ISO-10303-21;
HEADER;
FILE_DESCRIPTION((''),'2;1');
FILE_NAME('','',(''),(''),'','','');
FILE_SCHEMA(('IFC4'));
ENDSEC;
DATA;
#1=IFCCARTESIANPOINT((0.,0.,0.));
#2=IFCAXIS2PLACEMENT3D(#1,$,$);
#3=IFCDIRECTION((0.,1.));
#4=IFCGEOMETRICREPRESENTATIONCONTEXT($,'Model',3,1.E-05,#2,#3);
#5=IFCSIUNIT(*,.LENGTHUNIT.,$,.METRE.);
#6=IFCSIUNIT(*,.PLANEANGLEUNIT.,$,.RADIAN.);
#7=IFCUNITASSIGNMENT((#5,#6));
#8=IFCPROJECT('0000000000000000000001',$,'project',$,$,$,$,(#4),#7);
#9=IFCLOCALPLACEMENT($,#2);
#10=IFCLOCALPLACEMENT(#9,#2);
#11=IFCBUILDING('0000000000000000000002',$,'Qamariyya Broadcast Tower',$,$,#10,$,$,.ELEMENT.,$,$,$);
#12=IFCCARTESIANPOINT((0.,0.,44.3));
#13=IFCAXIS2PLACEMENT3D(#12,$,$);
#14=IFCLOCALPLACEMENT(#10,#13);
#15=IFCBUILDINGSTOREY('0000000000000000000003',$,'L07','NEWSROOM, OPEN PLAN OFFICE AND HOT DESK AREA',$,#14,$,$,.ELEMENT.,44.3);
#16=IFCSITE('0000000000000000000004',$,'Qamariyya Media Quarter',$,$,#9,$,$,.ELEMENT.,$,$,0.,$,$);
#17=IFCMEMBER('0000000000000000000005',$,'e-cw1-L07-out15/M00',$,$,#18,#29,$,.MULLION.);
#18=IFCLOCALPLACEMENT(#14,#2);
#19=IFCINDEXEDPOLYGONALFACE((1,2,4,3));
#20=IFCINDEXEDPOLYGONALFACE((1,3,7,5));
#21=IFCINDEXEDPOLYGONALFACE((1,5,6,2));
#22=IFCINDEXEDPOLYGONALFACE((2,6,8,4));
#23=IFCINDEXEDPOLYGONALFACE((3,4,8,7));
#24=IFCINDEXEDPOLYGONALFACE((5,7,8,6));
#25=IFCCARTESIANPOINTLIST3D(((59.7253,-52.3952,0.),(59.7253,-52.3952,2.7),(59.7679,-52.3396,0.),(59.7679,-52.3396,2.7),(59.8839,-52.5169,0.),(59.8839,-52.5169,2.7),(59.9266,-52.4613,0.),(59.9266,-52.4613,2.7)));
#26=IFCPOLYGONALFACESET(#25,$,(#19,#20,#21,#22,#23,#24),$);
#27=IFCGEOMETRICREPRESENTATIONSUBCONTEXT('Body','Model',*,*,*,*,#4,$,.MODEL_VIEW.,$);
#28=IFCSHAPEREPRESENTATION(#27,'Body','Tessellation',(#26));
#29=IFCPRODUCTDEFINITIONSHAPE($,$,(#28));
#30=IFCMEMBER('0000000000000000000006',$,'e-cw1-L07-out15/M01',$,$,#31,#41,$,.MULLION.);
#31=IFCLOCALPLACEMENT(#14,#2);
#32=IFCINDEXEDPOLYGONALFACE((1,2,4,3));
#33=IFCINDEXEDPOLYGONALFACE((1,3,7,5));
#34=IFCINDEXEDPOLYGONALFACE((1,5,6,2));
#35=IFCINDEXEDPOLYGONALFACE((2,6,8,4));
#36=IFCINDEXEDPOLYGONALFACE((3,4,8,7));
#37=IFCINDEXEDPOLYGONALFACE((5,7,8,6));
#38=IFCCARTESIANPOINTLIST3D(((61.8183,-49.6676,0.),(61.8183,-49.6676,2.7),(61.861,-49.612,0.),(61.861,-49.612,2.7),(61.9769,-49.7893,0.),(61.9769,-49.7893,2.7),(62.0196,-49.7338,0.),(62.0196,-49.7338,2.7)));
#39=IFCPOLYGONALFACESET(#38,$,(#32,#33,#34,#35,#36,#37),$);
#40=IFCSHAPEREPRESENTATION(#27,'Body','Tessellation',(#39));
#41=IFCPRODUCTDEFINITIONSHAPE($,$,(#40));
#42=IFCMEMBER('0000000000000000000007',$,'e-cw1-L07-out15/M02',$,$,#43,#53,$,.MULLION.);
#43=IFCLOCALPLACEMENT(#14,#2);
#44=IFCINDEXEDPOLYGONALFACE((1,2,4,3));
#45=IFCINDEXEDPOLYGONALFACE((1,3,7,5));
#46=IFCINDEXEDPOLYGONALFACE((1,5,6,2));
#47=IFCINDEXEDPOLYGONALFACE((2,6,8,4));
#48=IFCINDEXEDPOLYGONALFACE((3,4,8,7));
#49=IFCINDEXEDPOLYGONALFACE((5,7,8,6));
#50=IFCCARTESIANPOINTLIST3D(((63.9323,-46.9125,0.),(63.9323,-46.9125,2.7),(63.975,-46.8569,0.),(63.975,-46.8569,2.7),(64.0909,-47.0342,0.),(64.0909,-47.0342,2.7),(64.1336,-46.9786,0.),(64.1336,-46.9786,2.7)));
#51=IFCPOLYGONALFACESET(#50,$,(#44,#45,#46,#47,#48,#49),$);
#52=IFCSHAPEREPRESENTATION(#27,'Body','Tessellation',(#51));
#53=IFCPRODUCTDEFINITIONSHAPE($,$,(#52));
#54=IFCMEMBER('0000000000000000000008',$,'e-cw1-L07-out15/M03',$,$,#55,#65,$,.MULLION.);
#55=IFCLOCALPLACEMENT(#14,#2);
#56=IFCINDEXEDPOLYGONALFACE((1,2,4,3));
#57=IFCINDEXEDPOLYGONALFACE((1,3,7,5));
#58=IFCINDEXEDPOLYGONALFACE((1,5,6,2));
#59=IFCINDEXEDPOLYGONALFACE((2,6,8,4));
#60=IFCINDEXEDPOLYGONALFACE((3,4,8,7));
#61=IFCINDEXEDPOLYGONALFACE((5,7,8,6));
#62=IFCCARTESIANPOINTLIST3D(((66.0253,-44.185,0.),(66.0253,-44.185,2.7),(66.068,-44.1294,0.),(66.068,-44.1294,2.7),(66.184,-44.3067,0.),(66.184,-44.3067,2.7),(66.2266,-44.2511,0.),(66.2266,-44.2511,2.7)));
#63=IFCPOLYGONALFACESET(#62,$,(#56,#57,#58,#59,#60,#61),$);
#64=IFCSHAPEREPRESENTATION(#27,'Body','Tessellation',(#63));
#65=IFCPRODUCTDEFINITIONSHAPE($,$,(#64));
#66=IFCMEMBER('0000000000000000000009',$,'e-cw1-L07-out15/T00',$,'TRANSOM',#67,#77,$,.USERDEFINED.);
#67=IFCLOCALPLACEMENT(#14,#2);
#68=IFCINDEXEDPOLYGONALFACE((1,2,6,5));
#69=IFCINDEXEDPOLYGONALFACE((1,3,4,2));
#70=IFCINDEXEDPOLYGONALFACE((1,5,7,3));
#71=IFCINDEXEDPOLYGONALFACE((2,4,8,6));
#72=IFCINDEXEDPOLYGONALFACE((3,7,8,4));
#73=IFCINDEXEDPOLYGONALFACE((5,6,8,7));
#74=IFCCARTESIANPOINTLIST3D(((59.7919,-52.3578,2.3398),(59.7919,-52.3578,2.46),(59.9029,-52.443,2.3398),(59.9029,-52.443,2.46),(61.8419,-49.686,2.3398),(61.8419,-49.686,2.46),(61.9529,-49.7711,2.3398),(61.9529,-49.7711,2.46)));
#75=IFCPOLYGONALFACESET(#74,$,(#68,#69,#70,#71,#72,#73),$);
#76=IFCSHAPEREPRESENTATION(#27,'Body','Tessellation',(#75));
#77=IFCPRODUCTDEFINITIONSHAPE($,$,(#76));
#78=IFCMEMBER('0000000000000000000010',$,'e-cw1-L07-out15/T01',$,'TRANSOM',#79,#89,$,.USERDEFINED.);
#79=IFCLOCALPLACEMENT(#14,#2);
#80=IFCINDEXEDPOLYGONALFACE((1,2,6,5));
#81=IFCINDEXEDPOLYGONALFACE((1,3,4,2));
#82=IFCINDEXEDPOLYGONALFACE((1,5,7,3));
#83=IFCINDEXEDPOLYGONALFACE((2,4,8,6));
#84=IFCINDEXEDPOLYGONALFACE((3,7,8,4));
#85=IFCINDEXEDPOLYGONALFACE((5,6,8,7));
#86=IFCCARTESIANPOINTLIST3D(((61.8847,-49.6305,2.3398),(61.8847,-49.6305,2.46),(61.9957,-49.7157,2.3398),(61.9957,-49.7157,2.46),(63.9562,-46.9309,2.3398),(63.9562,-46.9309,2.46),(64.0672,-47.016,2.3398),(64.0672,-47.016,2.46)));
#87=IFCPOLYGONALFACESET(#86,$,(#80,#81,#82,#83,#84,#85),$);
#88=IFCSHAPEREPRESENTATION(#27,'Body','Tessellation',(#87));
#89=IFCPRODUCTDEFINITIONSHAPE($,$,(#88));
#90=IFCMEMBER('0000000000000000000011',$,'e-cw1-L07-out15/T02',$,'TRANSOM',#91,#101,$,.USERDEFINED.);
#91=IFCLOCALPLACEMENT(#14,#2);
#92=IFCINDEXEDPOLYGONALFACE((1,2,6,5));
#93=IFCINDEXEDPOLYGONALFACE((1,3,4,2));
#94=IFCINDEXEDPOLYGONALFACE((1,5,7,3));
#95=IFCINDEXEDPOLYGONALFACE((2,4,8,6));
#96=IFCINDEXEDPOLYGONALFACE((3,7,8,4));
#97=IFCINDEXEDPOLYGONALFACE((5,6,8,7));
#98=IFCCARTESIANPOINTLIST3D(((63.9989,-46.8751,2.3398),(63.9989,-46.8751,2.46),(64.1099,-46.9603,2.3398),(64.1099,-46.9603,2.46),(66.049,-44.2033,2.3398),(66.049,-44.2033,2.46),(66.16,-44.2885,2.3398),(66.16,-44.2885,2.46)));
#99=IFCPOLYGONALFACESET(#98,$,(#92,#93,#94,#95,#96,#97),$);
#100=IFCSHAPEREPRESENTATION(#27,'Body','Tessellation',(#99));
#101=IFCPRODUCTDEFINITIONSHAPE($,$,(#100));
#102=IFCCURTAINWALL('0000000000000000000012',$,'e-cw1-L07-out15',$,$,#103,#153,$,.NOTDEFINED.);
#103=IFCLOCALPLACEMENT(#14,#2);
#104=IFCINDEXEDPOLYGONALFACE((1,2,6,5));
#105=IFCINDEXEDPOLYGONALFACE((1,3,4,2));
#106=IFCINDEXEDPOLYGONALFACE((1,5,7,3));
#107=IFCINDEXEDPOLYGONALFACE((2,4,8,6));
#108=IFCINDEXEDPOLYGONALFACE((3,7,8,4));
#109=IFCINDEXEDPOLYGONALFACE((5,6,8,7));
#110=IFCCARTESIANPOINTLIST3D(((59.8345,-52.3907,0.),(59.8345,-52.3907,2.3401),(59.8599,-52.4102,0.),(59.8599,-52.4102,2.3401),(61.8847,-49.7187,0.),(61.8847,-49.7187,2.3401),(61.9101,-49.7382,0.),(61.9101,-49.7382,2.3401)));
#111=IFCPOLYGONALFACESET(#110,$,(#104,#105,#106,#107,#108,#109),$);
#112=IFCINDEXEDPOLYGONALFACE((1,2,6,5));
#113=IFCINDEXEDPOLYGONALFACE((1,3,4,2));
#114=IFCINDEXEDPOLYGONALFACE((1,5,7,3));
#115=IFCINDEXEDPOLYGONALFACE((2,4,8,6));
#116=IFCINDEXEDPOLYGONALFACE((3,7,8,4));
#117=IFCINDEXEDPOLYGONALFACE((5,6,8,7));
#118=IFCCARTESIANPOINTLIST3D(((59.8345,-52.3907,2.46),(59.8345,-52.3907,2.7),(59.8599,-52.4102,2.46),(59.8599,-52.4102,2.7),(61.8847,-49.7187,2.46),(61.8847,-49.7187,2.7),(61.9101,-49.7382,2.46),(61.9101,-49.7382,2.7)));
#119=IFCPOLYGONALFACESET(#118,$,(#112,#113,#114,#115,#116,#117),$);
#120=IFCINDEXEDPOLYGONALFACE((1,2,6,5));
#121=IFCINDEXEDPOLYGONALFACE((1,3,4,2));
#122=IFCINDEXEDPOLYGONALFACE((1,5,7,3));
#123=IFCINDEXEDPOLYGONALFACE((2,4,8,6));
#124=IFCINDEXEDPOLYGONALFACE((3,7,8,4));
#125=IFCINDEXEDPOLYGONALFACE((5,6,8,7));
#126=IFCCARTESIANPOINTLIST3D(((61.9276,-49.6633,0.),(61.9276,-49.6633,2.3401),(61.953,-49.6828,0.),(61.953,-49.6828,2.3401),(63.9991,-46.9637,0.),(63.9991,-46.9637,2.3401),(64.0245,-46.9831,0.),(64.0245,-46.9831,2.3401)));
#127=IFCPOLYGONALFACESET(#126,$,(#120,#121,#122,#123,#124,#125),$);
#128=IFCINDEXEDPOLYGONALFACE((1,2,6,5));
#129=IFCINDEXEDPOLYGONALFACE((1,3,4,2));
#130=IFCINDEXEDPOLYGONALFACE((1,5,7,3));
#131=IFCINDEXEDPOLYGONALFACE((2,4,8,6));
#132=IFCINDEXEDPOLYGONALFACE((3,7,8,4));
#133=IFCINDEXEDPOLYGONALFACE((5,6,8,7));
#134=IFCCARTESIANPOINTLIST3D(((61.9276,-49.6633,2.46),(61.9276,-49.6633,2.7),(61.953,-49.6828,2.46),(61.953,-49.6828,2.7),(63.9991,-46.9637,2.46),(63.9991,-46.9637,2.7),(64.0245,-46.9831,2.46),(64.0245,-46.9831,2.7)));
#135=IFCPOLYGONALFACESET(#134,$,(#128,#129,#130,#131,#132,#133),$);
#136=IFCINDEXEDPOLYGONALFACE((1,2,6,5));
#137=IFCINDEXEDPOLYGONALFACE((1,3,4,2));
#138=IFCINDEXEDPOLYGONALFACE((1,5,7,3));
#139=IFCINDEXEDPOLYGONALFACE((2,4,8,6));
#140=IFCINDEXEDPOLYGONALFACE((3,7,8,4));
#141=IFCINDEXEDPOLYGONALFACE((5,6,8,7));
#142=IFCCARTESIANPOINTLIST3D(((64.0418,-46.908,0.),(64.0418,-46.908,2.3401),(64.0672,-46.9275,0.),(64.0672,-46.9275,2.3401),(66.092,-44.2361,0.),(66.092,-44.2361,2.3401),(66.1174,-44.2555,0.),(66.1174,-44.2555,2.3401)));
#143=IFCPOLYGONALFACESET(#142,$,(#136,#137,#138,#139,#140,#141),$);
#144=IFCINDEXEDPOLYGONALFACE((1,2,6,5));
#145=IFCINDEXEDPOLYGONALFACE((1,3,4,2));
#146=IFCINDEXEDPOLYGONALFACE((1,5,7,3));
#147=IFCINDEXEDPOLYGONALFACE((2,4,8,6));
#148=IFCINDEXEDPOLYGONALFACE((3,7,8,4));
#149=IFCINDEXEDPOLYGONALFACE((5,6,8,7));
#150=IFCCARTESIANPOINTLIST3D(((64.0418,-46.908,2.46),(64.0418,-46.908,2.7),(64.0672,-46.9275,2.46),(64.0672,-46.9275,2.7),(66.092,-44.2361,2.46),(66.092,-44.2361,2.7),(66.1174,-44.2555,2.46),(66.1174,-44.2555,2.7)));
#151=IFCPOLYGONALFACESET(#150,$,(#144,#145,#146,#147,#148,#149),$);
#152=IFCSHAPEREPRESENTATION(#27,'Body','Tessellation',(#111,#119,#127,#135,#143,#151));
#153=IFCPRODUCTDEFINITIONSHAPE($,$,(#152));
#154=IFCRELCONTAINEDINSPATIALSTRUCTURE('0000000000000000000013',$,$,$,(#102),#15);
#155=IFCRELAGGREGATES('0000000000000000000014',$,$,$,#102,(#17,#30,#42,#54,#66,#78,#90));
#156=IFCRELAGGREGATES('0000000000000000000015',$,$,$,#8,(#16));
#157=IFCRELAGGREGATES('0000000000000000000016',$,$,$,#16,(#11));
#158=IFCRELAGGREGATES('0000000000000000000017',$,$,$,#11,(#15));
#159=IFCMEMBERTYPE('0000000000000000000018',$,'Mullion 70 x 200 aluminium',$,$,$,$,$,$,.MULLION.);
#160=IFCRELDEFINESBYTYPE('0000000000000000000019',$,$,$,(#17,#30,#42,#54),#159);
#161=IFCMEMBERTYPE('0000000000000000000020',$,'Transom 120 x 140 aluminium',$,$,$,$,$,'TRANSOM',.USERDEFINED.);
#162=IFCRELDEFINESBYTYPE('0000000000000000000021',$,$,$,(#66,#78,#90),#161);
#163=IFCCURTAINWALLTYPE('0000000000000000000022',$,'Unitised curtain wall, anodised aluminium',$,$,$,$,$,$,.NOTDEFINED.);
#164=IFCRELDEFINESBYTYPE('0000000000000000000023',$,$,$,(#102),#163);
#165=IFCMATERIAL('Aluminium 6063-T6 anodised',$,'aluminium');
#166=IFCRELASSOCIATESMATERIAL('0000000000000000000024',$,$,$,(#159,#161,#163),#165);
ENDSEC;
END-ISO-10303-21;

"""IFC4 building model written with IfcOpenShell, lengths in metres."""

from ifc_helpers import new_model, si_unit, direction, frame, origin, origin_2d, place, context, subcontext, project, spatial, rectangle, extrude, material, material_profile, profile_set, type_object, element, aggregate, save


model = new_model("IFC4")

# Units and contexts
model_context = context("Model", 3, precision=1e-05, world=origin(), true_north=direction((0.0, 1.0)))
body_context = subcontext(model_context, "Body", "Model", "MODEL_VIEW")
ifc_project = project(units=[si_unit("LENGTHUNIT", "METRE"), si_unit("PLANEANGLEUNIT", "RADIAN")], contexts=[model_context])

# Members
ifc_material_1 = material(Name="Aluminium 6063-T6 anodised", Category="aluminium")
ifc_material_profile_1 = material_profile(ifc_material_1, rectangle(XDim=0.2, YDim=0.0701, at=origin_2d()))
ifc_profile_set_1 = profile_set([ifc_material_profile_1], Name="Aluminium 6063-T6 anodised")
member_type_1 = type_object("IfcMemberType", Name="Mullion 70 x 200 aluminium", PredefinedType="MULLION", material=ifc_profile_set_1)
site_placement = place(None, origin())
building_placement = place(site_placement, origin())
storey_placement = place(building_placement, frame((0.0, 0.0, 44.3)))
member_1_placement = place(storey_placement, frame((59.8259, -52.4282, 0.0), z_axis=(0.0, 0.0, 1.0), x_axis=(-0.793353, 0.608761, 0.0)))
member_1 = element("IfcMember", 1, at=member_1_placement, type_object=member_type_1, Name="e-cw1-L07-out15/M00", PredefinedType="MULLION", context=body_context, shape_type="SweptSolid", body=[
    extrude(rectangle(XDim=0.2, YDim=0.0701, at=origin_2d()), origin(), (0.0, 0.0, 1.0), 2.7),
])
member_2_placement = place(storey_placement, frame((61.9189, -49.7007, 0.0), z_axis=(0.0, 0.0, 1.0), x_axis=(-0.793353, 0.608761, 0.0)))
member_2 = element("IfcMember", 2, at=member_2_placement, type_object=member_type_1, Name="e-cw1-L07-out15/M01", PredefinedType="MULLION", context=body_context, shape_type="SweptSolid", body=[
    extrude(rectangle(XDim=0.2, YDim=0.0701, at=origin_2d()), origin(), (0.0, 0.0, 1.0), 2.7),
])
member_3_placement = place(storey_placement, frame((64.033, -46.9456, 0.0), z_axis=(0.0, 0.0, 1.0), x_axis=(-0.793353, 0.608761, 0.0)))
member_3 = element("IfcMember", 3, at=member_3_placement, type_object=member_type_1, Name="e-cw1-L07-out15/M02", PredefinedType="MULLION", context=body_context, shape_type="SweptSolid", body=[
    extrude(rectangle(XDim=0.2, YDim=0.0701, at=origin_2d()), origin(), (0.0, 0.0, 1.0), 2.7),
])
member_4_placement = place(storey_placement, frame((66.126, -44.218, 0.0), z_axis=(0.0, 0.0, 1.0), x_axis=(-0.793353, 0.608761, 0.0)))
member_4 = element("IfcMember", 4, at=member_4_placement, type_object=member_type_1, Name="e-cw1-L07-out15/M03", PredefinedType="MULLION", context=body_context, shape_type="SweptSolid", body=[
    extrude(rectangle(XDim=0.2, YDim=0.0701, at=origin_2d()), origin(), (0.0, 0.0, 1.0), 2.7),
])
ifc_material_profile_2 = material_profile(ifc_material_1, rectangle(XDim=0.1399, YDim=0.1201, at=origin_2d()))
ifc_profile_set_2 = profile_set([ifc_material_profile_2], Name="Aluminium 6063-T6 anodised")
member_type_2 = type_object("IfcMemberType", Name="Transom 120 x 140 aluminium", ElementType="TRANSOM", PredefinedType="USERDEFINED", material=ifc_profile_set_2)
member_5_placement = place(storey_placement, frame((59.8474, -52.4004, 2.3999), z_axis=(0.608733, 0.793375, 0.0), x_axis=(-0.793375, 0.608733, 0.0)))
member_5 = element("IfcMember", 5, at=member_5_placement, type_object=member_type_2, Name="e-cw1-L07-out15/T00", ObjectType="TRANSOM", PredefinedType="USERDEFINED", context=body_context, shape_type="SweptSolid", body=[
    extrude(rectangle(XDim=0.1399, YDim=0.1201, at=origin_2d()), origin(), (0.0, 0.0, 1.0), 3.3677),
])
member_6_placement = place(storey_placement, frame((61.9402, -49.6731, 2.3999), z_axis=(0.608757, 0.793357, 0.0), x_axis=(-0.793357, 0.608757, 0.0)))
member_6 = element("IfcMember", 6, at=member_6_placement, type_object=member_type_2, Name="e-cw1-L07-out15/T01", ObjectType="TRANSOM", PredefinedType="USERDEFINED", context=body_context, shape_type="SweptSolid", body=[
    extrude(rectangle(XDim=0.1399, YDim=0.1201, at=origin_2d()), origin(), (0.0, 0.0, 1.0), 3.4028),
])
member_7_placement = place(storey_placement, frame((64.0544, -46.9177, 2.3999), z_axis=(0.608733, 0.793375, 0.0), x_axis=(-0.793375, 0.608733, 0.0)))
member_7 = element("IfcMember", 7, at=member_7_placement, type_object=member_type_2, Name="e-cw1-L07-out15/T02", ObjectType="TRANSOM", PredefinedType="USERDEFINED", context=body_context, shape_type="SweptSolid", body=[
    extrude(rectangle(XDim=0.1399, YDim=0.1201, at=origin_2d()), origin(), (0.0, 0.0, 1.0), 3.3677),
])

# Site, building, storey
site = spatial("IfcSite", under=ifc_project, at=site_placement, Name="Qamariyya Media Quarter", CompositionType="ELEMENT", RefElevation=0.0)
building = spatial("IfcBuilding", under=site, at=building_placement, Name="Qamariyya Broadcast Tower", CompositionType="ELEMENT")
storey = spatial("IfcBuildingStorey", under=building, at=storey_placement, Name="L07", Description="NEWSROOM, OPEN PLAN OFFICE AND HOT DESK AREA", CompositionType="ELEMENT", Elevation=44.3)

# Curtain wall
curtain_wall_type = type_object("IfcCurtainWallType", Name="Unitised curtain wall, anodised aluminium", PredefinedType="NOTDEFINED", material=ifc_material_1)
curtain_wall_1_placement = place(storey_placement, origin())
curtain_wall_1 = element("IfcCurtainWall", 8, at=curtain_wall_1_placement, inside=storey, type_object=curtain_wall_type, Name="e-cw1-L07-out15", PredefinedType="NOTDEFINED", context=body_context, shape_type="SweptSolid", body=[
    extrude(rectangle(XDim=3.3679, YDim=0.032, at=origin_2d()), frame((60.8723, -51.0645, 0.0), x_axis=(0.608756, 0.793358, 0.0)), (0.0, 0.0, 1.0), 2.3401),
    extrude(rectangle(XDim=3.3679, YDim=0.032, at=origin_2d()), frame((60.8723, -51.0645, 2.46), x_axis=(0.608756, 0.793358, 0.0)), (0.0, 0.0, 1.0), 0.24),
    extrude(rectangle(XDim=3.4028, YDim=0.032, at=origin_2d()), frame((62.9761, -48.3232, 0.0), x_axis=(0.608756, 0.793358, 0.0)), (0.0, 0.0, 1.0), 2.3401),
    extrude(rectangle(XDim=3.4028, YDim=0.032, at=origin_2d()), frame((62.9761, -48.3232, 2.46), x_axis=(0.608756, 0.793358, 0.0)), (0.0, 0.0, 1.0), 0.24),
    extrude(rectangle(XDim=3.3679, YDim=0.032, at=origin_2d()), frame((65.0796, -45.5818, 0.0), x_axis=(0.608756, 0.793358, 0.0)), (0.0, 0.0, 1.0), 2.3401),
    extrude(rectangle(XDim=3.3679, YDim=0.032, at=origin_2d()), frame((65.0796, -45.5818, 2.46), x_axis=(0.608756, 0.793358, 0.0)), (0.0, 0.0, 1.0), 0.24),
])
aggregate(curtain_wall_1, [member_1, member_2, member_3, member_4, member_5, member_6, member_7])

save(model, "model.ifc")
